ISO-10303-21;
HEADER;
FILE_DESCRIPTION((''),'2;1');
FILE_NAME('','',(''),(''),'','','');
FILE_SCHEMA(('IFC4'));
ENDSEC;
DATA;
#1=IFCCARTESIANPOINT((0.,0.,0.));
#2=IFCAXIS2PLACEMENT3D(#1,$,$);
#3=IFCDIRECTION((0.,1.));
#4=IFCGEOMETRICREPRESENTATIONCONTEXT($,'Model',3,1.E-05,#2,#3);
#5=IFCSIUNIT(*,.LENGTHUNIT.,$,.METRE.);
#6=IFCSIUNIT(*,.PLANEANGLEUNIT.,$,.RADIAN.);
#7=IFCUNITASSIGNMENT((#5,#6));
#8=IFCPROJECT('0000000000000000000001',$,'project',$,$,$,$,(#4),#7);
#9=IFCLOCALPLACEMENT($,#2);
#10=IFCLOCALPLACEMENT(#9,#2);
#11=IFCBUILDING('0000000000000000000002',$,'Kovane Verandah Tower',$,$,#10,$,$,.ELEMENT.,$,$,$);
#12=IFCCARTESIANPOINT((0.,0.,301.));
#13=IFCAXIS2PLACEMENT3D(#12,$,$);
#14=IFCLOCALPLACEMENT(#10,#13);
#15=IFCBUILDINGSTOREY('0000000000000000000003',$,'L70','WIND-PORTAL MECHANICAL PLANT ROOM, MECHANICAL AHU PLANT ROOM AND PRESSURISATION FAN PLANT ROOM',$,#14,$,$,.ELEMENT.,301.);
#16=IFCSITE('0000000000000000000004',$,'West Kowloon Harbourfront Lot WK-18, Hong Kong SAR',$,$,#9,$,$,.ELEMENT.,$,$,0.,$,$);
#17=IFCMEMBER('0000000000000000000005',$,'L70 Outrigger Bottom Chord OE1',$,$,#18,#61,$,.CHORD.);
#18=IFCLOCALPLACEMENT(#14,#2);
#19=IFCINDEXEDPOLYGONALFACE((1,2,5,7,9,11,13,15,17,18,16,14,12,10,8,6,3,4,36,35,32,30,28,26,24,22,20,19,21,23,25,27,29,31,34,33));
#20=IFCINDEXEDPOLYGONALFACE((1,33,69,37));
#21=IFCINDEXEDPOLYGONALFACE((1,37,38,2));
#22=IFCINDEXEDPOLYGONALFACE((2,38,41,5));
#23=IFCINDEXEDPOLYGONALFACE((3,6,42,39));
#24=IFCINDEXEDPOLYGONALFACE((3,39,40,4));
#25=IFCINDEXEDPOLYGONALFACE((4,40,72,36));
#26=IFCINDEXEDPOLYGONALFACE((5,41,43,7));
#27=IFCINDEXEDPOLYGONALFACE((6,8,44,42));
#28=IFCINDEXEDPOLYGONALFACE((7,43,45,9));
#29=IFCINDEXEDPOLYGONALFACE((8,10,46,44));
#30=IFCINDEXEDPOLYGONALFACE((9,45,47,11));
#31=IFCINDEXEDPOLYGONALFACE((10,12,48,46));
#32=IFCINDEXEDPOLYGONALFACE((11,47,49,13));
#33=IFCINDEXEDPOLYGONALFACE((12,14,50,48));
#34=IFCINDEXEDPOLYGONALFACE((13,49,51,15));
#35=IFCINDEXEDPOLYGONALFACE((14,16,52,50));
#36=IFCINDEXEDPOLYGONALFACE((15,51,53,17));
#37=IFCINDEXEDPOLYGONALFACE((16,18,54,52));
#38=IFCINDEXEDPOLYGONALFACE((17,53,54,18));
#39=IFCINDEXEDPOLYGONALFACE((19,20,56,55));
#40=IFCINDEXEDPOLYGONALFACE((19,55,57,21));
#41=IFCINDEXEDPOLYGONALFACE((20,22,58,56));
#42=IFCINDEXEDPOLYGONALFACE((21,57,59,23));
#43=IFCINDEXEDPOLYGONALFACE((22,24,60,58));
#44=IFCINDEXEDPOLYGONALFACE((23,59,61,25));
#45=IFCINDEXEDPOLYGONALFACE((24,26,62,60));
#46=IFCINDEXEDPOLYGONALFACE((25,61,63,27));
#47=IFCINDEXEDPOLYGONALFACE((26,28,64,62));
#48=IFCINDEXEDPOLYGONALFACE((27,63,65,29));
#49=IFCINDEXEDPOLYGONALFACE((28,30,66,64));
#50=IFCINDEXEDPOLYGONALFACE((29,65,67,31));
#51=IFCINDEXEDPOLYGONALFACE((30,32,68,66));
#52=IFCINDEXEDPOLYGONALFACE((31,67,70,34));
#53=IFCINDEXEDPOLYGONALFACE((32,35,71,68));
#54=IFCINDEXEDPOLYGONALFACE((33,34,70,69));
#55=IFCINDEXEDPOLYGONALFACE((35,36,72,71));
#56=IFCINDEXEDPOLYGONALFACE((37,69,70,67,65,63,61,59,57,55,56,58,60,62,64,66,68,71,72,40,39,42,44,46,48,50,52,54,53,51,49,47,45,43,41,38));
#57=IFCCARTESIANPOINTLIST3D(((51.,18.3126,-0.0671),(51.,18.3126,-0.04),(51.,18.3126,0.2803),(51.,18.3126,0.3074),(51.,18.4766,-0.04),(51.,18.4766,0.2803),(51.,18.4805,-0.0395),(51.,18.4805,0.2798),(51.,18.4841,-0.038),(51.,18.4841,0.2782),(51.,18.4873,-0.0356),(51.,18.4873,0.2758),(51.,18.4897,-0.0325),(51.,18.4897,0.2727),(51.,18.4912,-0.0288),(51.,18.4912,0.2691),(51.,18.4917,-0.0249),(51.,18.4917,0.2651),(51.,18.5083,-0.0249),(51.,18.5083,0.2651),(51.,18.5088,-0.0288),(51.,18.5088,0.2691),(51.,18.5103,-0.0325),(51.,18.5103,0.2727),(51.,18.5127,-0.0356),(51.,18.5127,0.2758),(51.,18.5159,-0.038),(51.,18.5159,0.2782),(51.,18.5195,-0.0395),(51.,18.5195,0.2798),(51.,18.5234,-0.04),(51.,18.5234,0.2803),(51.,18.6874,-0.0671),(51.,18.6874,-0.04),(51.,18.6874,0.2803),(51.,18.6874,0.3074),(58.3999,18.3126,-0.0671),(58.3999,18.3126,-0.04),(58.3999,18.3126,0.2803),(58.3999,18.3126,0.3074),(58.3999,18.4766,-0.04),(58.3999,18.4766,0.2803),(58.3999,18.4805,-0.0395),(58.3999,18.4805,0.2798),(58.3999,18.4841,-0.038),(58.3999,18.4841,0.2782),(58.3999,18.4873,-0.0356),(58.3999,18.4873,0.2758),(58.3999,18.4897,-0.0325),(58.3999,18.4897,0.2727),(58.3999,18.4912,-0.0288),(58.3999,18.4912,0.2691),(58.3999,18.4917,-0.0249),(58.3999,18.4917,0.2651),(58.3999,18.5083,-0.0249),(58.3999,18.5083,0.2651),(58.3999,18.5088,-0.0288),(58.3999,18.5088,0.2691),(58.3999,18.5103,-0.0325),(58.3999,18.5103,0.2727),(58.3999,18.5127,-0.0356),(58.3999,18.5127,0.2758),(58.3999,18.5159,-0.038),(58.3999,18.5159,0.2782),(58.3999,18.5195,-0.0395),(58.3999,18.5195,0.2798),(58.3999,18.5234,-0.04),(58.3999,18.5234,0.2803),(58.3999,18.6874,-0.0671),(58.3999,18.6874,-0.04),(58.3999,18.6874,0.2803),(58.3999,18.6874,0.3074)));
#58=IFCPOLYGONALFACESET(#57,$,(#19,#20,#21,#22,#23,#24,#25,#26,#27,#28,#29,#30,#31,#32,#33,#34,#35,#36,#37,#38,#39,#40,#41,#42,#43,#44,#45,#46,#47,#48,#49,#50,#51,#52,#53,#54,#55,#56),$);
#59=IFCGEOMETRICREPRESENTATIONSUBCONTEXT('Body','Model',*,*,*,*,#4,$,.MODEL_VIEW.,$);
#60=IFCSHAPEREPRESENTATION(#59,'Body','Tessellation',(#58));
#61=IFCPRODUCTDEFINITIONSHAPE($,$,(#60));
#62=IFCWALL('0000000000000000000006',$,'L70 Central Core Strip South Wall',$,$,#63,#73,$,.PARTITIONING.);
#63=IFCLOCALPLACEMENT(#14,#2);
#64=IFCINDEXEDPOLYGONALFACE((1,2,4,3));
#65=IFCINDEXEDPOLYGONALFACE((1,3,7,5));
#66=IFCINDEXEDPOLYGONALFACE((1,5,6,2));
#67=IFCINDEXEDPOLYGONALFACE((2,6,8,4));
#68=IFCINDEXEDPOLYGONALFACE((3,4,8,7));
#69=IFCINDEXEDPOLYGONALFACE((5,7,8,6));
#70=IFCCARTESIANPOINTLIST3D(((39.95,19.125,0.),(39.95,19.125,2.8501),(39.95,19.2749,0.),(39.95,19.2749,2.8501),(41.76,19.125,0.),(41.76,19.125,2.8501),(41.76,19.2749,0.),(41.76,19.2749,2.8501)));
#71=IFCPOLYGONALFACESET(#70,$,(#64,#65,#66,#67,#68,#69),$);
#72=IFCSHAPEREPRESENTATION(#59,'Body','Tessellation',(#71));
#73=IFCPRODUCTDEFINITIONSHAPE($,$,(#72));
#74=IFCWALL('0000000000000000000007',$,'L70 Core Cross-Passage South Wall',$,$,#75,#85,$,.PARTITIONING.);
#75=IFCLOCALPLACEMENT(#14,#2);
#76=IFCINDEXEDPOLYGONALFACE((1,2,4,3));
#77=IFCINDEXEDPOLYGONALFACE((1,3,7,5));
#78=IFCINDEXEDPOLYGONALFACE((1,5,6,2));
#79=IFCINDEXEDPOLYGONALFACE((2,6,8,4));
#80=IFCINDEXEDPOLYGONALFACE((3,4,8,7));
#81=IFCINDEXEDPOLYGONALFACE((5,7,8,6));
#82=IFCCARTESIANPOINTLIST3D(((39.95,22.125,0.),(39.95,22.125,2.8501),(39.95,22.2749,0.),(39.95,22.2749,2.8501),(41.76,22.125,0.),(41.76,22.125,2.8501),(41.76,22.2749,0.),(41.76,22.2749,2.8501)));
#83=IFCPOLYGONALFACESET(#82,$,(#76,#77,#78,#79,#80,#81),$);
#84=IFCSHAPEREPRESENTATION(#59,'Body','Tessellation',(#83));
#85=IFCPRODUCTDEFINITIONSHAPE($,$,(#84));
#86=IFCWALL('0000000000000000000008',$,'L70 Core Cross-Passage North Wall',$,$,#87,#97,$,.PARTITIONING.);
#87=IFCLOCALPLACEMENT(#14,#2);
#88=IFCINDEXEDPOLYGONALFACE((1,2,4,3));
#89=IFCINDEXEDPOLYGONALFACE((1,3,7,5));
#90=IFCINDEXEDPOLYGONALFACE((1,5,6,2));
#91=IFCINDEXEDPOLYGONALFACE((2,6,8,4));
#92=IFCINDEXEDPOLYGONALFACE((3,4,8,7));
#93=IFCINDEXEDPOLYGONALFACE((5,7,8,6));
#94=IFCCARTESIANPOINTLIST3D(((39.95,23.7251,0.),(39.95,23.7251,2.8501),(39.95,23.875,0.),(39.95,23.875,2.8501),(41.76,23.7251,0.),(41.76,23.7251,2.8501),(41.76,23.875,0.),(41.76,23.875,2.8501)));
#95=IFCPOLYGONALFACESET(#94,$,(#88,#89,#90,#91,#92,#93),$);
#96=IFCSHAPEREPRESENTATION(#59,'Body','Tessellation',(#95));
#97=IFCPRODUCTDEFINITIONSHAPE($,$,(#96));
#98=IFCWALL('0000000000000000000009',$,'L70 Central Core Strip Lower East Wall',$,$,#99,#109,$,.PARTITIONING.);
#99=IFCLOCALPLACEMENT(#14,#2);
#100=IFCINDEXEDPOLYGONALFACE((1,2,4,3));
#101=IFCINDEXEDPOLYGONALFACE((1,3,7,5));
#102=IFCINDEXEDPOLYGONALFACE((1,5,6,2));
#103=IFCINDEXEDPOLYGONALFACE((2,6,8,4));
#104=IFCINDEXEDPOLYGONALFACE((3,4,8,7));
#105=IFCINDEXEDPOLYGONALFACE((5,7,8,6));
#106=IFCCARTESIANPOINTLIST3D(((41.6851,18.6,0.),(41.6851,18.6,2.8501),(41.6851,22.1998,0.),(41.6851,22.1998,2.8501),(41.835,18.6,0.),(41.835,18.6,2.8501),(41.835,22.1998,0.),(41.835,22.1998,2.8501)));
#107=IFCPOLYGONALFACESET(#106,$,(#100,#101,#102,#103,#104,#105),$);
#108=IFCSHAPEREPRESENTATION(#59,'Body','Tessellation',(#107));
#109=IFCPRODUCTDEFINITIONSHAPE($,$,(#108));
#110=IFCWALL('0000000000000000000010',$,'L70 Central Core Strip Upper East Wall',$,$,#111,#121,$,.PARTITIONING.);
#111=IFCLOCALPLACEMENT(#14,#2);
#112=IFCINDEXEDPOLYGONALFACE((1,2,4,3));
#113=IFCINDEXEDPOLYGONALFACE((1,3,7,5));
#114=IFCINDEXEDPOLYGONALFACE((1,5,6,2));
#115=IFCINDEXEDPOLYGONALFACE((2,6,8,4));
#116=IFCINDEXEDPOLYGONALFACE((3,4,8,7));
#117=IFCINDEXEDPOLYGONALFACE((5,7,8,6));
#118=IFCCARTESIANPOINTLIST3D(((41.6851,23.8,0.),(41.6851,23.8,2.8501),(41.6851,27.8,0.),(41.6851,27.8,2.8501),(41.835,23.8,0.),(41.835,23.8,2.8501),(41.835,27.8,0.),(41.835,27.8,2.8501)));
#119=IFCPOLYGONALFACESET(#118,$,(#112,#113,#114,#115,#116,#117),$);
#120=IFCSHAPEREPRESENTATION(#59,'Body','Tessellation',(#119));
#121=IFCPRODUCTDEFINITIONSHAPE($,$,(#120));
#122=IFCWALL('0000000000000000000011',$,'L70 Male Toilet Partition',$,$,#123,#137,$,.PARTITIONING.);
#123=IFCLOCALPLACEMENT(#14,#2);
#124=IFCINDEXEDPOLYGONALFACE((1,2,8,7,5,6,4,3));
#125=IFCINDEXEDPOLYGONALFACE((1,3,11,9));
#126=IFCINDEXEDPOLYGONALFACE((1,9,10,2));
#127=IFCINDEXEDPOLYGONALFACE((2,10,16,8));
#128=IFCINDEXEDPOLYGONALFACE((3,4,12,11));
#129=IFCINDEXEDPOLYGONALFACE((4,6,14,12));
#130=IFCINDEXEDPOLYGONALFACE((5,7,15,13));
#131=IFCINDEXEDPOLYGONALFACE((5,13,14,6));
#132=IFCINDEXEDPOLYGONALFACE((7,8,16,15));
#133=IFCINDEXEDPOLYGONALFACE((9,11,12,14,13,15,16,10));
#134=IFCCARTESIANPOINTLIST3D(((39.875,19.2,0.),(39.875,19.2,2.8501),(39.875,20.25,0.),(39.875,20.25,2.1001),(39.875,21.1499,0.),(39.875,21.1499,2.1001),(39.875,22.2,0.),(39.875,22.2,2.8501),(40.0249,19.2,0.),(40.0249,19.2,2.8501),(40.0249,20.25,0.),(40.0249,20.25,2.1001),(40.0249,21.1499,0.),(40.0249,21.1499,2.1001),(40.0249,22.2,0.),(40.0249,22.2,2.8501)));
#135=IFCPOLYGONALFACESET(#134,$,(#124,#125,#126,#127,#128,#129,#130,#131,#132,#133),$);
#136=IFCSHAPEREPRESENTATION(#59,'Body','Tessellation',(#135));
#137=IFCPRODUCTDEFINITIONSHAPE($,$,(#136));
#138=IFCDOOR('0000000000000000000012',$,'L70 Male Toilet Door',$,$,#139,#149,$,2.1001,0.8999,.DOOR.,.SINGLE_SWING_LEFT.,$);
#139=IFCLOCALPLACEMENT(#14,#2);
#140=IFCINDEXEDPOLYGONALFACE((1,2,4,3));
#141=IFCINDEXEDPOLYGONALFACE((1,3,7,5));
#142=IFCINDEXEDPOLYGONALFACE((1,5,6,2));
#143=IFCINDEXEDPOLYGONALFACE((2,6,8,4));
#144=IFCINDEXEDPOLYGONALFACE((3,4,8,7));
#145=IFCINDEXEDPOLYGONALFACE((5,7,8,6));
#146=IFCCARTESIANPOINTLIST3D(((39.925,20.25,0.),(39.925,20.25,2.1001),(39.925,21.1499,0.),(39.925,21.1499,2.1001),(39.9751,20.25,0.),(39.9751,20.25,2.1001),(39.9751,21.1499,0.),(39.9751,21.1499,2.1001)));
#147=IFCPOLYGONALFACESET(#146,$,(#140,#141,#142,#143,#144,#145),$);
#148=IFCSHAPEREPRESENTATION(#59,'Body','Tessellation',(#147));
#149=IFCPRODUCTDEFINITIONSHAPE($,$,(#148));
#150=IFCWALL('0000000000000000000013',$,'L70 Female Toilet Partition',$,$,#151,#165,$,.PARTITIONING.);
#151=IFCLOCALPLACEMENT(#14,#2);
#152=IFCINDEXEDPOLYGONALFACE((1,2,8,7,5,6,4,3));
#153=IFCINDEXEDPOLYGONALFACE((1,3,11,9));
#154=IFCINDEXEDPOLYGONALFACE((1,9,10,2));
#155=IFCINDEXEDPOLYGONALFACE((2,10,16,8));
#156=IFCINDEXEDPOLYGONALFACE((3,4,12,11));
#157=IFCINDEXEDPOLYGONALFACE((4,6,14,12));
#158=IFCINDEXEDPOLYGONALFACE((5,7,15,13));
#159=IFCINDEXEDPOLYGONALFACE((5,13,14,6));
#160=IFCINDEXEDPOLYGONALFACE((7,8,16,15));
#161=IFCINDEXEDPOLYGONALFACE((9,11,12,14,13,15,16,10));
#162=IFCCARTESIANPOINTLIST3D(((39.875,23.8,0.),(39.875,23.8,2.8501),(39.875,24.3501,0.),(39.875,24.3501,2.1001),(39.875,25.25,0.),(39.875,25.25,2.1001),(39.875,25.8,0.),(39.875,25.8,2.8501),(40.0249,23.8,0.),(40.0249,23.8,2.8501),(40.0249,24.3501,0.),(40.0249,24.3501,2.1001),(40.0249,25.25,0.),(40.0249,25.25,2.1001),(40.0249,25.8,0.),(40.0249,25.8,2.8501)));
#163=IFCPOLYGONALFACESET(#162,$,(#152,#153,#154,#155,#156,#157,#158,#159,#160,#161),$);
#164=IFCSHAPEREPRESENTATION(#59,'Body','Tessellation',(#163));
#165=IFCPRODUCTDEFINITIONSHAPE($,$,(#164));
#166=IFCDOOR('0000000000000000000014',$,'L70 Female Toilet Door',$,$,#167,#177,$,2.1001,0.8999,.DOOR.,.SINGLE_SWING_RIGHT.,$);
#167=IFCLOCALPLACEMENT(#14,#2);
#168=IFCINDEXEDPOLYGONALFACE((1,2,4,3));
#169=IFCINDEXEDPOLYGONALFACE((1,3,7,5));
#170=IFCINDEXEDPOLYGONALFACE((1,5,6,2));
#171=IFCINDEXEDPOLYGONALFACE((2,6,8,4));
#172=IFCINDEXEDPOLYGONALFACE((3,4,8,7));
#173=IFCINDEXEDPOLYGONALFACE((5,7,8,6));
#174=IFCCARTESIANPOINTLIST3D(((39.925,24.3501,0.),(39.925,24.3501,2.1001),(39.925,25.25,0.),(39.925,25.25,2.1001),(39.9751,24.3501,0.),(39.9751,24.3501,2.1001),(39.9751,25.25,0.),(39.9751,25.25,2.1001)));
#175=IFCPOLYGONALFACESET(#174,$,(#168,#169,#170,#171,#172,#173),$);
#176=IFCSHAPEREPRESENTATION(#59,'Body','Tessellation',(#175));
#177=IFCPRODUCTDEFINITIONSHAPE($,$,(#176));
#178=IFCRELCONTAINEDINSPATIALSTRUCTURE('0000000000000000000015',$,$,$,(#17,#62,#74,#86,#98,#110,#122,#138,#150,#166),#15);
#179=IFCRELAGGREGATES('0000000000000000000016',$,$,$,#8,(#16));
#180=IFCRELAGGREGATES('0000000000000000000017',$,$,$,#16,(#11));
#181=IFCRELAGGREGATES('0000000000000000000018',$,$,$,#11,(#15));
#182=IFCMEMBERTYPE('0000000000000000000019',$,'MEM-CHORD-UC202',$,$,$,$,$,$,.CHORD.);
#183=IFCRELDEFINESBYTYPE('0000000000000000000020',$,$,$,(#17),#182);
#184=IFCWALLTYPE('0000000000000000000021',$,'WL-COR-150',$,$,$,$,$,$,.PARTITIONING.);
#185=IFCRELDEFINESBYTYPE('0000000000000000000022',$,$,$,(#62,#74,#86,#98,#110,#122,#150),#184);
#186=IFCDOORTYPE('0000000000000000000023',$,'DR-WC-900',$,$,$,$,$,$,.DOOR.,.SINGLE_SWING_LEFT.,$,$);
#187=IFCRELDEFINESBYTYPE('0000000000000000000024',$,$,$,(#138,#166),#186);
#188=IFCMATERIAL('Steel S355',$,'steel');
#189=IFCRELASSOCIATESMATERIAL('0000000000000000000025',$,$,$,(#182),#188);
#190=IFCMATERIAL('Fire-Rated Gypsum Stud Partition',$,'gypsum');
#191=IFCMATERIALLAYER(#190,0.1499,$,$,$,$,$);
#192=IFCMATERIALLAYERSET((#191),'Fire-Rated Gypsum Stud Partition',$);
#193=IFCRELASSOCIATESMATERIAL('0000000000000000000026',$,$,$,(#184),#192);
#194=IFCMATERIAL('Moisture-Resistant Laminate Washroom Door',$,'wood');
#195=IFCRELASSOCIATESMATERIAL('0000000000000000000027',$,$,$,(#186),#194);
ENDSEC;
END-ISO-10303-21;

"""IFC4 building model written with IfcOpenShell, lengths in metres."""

from ifc_helpers import new_model, si_unit, direction, frame, frame_2d, origin, origin_2d, place, context, subcontext, project, spatial, rectangle, i_section, extrude, material, layer, layer_set, material_profile, profile_set, type_object, element, fill, save


model = new_model("IFC4")

# Units and contexts
model_context = context("Model", 3, precision=1e-05, world=origin(), true_north=direction((0.0, 1.0)))
body_context = subcontext(model_context, "Body", "Model", "MODEL_VIEW")
ifc_project = project(units=[si_unit("LENGTHUNIT", "METRE"), si_unit("PLANEANGLEUNIT", "RADIAN")], contexts=[model_context])

# Site, building, storey
site_placement = place(None, origin())
site = spatial("IfcSite", under=ifc_project, at=site_placement, Name="West Kowloon Harbourfront Lot WK-18, Hong Kong SAR", CompositionType="ELEMENT", RefElevation=0.0)
building_placement = place(site_placement, origin())
building = spatial("IfcBuilding", under=site, at=building_placement, Name="Kovane Verandah Tower", CompositionType="ELEMENT")
storey_placement = place(building_placement, frame((0.0, 0.0, 301.0)))
storey = spatial("IfcBuildingStorey", under=building, at=storey_placement, Name="L70", Description="WIND-PORTAL MECHANICAL PLANT ROOM, MECHANICAL AHU PLANT ROOM AND PRESSURISATION FAN PLANT ROOM", CompositionType="ELEMENT", Elevation=301.0)

# Member
ifc_material_1 = material(Name="Steel S355", Category="steel")
ifc_material_profile_1 = material_profile(ifc_material_1, i_section(OverallWidth=0.3748, OverallDepth=0.3745, WebThickness=0.0166, FlangeThickness=0.0271, FilletRadius=0.0151, at=origin_2d()), Name="UC356x368x202")
ifc_profile_set_1 = profile_set([ifc_material_profile_1], Name="Steel S355")
member_type_1 = type_object("IfcMemberType", Name="MEM-CHORD-UC202", PredefinedType="CHORD", material=ifc_profile_set_1)
member_1_placement = place(storey_placement, frame((51.0, 18.5, 0.1201), z_axis=(1.0, 0.0, 0.0), x_axis=(0.0, 1.0, 0.0)))
element("IfcMember", 1, at=member_1_placement, inside=storey, type_object=member_type_1, Name="L70 Outrigger Bottom Chord OE1", PredefinedType="CHORD", context=body_context, shape_type="SweptSolid", body=[
    extrude(i_section(OverallWidth=0.3748, OverallDepth=0.3745, WebThickness=0.0166, FlangeThickness=0.0271, FilletRadius=0.0151, at=origin_2d()), origin(), (0.0, 0.0, 1.0), 7.3999),
])

# Walls
ifc_material_2 = material(Name="Fire-Rated Gypsum Stud Partition", Category="gypsum")
ifc_layer_1 = layer(ifc_material_2, 0.1499)
ifc_layer_set_1 = layer_set([ifc_layer_1], Name="Fire-Rated Gypsum Stud Partition")
wall_type_1 = type_object("IfcWallType", Name="WL-COR-150", PredefinedType="PARTITIONING", material=ifc_layer_set_1)
for number, where, z_axis, x_axis, name in (
    (2, (39.95, 19.2, 0.0), (0.0, 0.0, 1.0), (1.0, 0.0, 0.0), "L70 Central Core Strip South Wall"),
    (3, (39.95, 22.2, 0.0), (0.0, 0.0, 1.0), (1.0, 0.0, 0.0), "L70 Core Cross-Passage South Wall"),
    (4, (39.95, 23.8, 0.0), (0.0, 0.0, 1.0), (1.0, 0.0, 0.0), "L70 Core Cross-Passage North Wall"),
):
    element("IfcWall", number, at=place(storey_placement, frame(where, z_axis=z_axis, x_axis=x_axis)), inside=storey, type_object=wall_type_1, Name=name, PredefinedType="PARTITIONING", context=body_context, shape_type="SweptSolid", body=[
        extrude(rectangle(XDim=1.8101, YDim=0.1499, at=frame_2d((0.905, 0.0))), origin(), (0.0, 0.0, 1.0), 2.8501),
    ])
wall_1_placement = place(storey_placement, frame((41.76, 18.6001, 0.0), z_axis=(0.0, 0.0, 1.0), x_axis=(0.0, 1.0, 0.0)))
element("IfcWall", 5, at=wall_1_placement, inside=storey, type_object=wall_type_1, Name="L70 Central Core Strip Lower East Wall", PredefinedType="PARTITIONING", context=body_context, shape_type="SweptSolid", body=[
    extrude(rectangle(XDim=3.5999, YDim=0.1499, at=frame_2d((1.7998, 0.0))), origin(), (0.0, 0.0, 1.0), 2.8501),
])
wall_2_placement = place(storey_placement, frame((41.76, 23.8, 0.0), z_axis=(0.0, 0.0, 1.0), x_axis=(0.0, 1.0, 0.0)))
element("IfcWall", 6, at=wall_2_placement, inside=storey, type_object=wall_type_1, Name="L70 Central Core Strip Upper East Wall", PredefinedType="PARTITIONING", context=body_context, shape_type="SweptSolid", body=[
    extrude(rectangle(XDim=4.0, YDim=0.1499, at=frame_2d((2.0, 0.0))), origin(), (0.0, 0.0, 1.0), 2.8501),
])

# Walls, openings, doors
wall_3_placement = place(storey_placement, frame((39.95, 19.2, 0.0), z_axis=(0.0, 0.0, 1.0), x_axis=(0.0, 1.0, 0.0)))
wall_3 = element("IfcWall", 7, at=wall_3_placement, inside=storey, type_object=wall_type_1, Name="L70 Male Toilet Partition", PredefinedType="PARTITIONING", context=body_context, shape_type="SweptSolid", body=[
    extrude(rectangle(XDim=3.0, YDim=0.1499, at=frame_2d((1.5, 0.0))), origin(), (0.0, 0.0, 1.0), 2.8501),
])
opening_1_placement = place(wall_3_placement, frame((1.05, 0.0, 0.0)))
opening_1 = element("IfcOpeningElement", 8, at=opening_1_placement, cuts=wall_3, PredefinedType="OPENING", context=body_context, shape_type="SweptSolid", body=[
    extrude(rectangle(XDim=0.8999, YDim=2.1001, at=frame_2d((0.45, 1.05))), frame((0.0, 0.075, 0.0), z_axis=(0.0, -1.0, 0.0), x_axis=(1.0, 0.0, 0.0)), (0.0, 0.0, 1.0), 0.1499),
])
ifc_material_3 = material(Name="Moisture-Resistant Laminate Washroom Door", Category="wood")
door_type_1 = type_object("IfcDoorType", Name="DR-WC-900", OperationType="SINGLE_SWING_LEFT", PredefinedType="DOOR", material=ifc_material_3)
door_1_placement = place(opening_1_placement, origin())
door_1 = element("IfcDoor", 9, at=door_1_placement, inside=storey, type_object=door_type_1, Name="L70 Male Toilet Door", OperationType="SINGLE_SWING_LEFT", OverallHeight=2.1001, OverallWidth=0.8999, PredefinedType="DOOR", context=body_context, shape_type="SweptSolid", body=[
    extrude(rectangle(XDim=0.8999, YDim=2.1001, at=frame_2d((0.45, 1.05))), frame((0.0, 0.0249, 0.0), z_axis=(0.0, -1.0, 0.0), x_axis=(1.0, 0.0, 0.0)), (0.0, 0.0, 1.0), 0.05),
])
fill(opening_1, door_1)
wall_4_placement = place(storey_placement, frame((39.95, 23.8, 0.0), z_axis=(0.0, 0.0, 1.0), x_axis=(0.0, 1.0, 0.0)))
wall_4 = element("IfcWall", 10, at=wall_4_placement, inside=storey, type_object=wall_type_1, Name="L70 Female Toilet Partition", PredefinedType="PARTITIONING", context=body_context, shape_type="SweptSolid", body=[
    extrude(rectangle(XDim=2.0, YDim=0.1499, at=frame_2d((1.0, 0.0))), origin(), (0.0, 0.0, 1.0), 2.8501),
])
opening_2_placement = place(wall_4_placement, frame((0.55, 0.0, 0.0)))
opening_2 = element("IfcOpeningElement", 11, at=opening_2_placement, cuts=wall_4, PredefinedType="OPENING", context=body_context, shape_type="SweptSolid", body=[
    extrude(rectangle(XDim=0.8999, YDim=2.1001, at=frame_2d((0.45, 1.05))), frame((0.0, 0.075, 0.0), z_axis=(0.0, -1.0, 0.0), x_axis=(1.0, 0.0, 0.0)), (0.0, 0.0, 1.0), 0.1499),
])
door_2_placement = place(opening_2_placement, origin())
door_2 = element("IfcDoor", 12, at=door_2_placement, inside=storey, type_object=door_type_1, Name="L70 Female Toilet Door", OperationType="SINGLE_SWING_RIGHT", OverallHeight=2.1001, OverallWidth=0.8999, PredefinedType="DOOR", context=body_context, shape_type="SweptSolid", body=[
    extrude(rectangle(XDim=0.8999, YDim=2.1001, at=frame_2d((0.45, 1.05))), frame((0.0, 0.0249, 0.0), z_axis=(0.0, -1.0, 0.0), x_axis=(1.0, 0.0, 0.0)), (0.0, 0.0, 1.0), 0.05),
])
fill(opening_2, door_2)

save(model, "model.ifc")
